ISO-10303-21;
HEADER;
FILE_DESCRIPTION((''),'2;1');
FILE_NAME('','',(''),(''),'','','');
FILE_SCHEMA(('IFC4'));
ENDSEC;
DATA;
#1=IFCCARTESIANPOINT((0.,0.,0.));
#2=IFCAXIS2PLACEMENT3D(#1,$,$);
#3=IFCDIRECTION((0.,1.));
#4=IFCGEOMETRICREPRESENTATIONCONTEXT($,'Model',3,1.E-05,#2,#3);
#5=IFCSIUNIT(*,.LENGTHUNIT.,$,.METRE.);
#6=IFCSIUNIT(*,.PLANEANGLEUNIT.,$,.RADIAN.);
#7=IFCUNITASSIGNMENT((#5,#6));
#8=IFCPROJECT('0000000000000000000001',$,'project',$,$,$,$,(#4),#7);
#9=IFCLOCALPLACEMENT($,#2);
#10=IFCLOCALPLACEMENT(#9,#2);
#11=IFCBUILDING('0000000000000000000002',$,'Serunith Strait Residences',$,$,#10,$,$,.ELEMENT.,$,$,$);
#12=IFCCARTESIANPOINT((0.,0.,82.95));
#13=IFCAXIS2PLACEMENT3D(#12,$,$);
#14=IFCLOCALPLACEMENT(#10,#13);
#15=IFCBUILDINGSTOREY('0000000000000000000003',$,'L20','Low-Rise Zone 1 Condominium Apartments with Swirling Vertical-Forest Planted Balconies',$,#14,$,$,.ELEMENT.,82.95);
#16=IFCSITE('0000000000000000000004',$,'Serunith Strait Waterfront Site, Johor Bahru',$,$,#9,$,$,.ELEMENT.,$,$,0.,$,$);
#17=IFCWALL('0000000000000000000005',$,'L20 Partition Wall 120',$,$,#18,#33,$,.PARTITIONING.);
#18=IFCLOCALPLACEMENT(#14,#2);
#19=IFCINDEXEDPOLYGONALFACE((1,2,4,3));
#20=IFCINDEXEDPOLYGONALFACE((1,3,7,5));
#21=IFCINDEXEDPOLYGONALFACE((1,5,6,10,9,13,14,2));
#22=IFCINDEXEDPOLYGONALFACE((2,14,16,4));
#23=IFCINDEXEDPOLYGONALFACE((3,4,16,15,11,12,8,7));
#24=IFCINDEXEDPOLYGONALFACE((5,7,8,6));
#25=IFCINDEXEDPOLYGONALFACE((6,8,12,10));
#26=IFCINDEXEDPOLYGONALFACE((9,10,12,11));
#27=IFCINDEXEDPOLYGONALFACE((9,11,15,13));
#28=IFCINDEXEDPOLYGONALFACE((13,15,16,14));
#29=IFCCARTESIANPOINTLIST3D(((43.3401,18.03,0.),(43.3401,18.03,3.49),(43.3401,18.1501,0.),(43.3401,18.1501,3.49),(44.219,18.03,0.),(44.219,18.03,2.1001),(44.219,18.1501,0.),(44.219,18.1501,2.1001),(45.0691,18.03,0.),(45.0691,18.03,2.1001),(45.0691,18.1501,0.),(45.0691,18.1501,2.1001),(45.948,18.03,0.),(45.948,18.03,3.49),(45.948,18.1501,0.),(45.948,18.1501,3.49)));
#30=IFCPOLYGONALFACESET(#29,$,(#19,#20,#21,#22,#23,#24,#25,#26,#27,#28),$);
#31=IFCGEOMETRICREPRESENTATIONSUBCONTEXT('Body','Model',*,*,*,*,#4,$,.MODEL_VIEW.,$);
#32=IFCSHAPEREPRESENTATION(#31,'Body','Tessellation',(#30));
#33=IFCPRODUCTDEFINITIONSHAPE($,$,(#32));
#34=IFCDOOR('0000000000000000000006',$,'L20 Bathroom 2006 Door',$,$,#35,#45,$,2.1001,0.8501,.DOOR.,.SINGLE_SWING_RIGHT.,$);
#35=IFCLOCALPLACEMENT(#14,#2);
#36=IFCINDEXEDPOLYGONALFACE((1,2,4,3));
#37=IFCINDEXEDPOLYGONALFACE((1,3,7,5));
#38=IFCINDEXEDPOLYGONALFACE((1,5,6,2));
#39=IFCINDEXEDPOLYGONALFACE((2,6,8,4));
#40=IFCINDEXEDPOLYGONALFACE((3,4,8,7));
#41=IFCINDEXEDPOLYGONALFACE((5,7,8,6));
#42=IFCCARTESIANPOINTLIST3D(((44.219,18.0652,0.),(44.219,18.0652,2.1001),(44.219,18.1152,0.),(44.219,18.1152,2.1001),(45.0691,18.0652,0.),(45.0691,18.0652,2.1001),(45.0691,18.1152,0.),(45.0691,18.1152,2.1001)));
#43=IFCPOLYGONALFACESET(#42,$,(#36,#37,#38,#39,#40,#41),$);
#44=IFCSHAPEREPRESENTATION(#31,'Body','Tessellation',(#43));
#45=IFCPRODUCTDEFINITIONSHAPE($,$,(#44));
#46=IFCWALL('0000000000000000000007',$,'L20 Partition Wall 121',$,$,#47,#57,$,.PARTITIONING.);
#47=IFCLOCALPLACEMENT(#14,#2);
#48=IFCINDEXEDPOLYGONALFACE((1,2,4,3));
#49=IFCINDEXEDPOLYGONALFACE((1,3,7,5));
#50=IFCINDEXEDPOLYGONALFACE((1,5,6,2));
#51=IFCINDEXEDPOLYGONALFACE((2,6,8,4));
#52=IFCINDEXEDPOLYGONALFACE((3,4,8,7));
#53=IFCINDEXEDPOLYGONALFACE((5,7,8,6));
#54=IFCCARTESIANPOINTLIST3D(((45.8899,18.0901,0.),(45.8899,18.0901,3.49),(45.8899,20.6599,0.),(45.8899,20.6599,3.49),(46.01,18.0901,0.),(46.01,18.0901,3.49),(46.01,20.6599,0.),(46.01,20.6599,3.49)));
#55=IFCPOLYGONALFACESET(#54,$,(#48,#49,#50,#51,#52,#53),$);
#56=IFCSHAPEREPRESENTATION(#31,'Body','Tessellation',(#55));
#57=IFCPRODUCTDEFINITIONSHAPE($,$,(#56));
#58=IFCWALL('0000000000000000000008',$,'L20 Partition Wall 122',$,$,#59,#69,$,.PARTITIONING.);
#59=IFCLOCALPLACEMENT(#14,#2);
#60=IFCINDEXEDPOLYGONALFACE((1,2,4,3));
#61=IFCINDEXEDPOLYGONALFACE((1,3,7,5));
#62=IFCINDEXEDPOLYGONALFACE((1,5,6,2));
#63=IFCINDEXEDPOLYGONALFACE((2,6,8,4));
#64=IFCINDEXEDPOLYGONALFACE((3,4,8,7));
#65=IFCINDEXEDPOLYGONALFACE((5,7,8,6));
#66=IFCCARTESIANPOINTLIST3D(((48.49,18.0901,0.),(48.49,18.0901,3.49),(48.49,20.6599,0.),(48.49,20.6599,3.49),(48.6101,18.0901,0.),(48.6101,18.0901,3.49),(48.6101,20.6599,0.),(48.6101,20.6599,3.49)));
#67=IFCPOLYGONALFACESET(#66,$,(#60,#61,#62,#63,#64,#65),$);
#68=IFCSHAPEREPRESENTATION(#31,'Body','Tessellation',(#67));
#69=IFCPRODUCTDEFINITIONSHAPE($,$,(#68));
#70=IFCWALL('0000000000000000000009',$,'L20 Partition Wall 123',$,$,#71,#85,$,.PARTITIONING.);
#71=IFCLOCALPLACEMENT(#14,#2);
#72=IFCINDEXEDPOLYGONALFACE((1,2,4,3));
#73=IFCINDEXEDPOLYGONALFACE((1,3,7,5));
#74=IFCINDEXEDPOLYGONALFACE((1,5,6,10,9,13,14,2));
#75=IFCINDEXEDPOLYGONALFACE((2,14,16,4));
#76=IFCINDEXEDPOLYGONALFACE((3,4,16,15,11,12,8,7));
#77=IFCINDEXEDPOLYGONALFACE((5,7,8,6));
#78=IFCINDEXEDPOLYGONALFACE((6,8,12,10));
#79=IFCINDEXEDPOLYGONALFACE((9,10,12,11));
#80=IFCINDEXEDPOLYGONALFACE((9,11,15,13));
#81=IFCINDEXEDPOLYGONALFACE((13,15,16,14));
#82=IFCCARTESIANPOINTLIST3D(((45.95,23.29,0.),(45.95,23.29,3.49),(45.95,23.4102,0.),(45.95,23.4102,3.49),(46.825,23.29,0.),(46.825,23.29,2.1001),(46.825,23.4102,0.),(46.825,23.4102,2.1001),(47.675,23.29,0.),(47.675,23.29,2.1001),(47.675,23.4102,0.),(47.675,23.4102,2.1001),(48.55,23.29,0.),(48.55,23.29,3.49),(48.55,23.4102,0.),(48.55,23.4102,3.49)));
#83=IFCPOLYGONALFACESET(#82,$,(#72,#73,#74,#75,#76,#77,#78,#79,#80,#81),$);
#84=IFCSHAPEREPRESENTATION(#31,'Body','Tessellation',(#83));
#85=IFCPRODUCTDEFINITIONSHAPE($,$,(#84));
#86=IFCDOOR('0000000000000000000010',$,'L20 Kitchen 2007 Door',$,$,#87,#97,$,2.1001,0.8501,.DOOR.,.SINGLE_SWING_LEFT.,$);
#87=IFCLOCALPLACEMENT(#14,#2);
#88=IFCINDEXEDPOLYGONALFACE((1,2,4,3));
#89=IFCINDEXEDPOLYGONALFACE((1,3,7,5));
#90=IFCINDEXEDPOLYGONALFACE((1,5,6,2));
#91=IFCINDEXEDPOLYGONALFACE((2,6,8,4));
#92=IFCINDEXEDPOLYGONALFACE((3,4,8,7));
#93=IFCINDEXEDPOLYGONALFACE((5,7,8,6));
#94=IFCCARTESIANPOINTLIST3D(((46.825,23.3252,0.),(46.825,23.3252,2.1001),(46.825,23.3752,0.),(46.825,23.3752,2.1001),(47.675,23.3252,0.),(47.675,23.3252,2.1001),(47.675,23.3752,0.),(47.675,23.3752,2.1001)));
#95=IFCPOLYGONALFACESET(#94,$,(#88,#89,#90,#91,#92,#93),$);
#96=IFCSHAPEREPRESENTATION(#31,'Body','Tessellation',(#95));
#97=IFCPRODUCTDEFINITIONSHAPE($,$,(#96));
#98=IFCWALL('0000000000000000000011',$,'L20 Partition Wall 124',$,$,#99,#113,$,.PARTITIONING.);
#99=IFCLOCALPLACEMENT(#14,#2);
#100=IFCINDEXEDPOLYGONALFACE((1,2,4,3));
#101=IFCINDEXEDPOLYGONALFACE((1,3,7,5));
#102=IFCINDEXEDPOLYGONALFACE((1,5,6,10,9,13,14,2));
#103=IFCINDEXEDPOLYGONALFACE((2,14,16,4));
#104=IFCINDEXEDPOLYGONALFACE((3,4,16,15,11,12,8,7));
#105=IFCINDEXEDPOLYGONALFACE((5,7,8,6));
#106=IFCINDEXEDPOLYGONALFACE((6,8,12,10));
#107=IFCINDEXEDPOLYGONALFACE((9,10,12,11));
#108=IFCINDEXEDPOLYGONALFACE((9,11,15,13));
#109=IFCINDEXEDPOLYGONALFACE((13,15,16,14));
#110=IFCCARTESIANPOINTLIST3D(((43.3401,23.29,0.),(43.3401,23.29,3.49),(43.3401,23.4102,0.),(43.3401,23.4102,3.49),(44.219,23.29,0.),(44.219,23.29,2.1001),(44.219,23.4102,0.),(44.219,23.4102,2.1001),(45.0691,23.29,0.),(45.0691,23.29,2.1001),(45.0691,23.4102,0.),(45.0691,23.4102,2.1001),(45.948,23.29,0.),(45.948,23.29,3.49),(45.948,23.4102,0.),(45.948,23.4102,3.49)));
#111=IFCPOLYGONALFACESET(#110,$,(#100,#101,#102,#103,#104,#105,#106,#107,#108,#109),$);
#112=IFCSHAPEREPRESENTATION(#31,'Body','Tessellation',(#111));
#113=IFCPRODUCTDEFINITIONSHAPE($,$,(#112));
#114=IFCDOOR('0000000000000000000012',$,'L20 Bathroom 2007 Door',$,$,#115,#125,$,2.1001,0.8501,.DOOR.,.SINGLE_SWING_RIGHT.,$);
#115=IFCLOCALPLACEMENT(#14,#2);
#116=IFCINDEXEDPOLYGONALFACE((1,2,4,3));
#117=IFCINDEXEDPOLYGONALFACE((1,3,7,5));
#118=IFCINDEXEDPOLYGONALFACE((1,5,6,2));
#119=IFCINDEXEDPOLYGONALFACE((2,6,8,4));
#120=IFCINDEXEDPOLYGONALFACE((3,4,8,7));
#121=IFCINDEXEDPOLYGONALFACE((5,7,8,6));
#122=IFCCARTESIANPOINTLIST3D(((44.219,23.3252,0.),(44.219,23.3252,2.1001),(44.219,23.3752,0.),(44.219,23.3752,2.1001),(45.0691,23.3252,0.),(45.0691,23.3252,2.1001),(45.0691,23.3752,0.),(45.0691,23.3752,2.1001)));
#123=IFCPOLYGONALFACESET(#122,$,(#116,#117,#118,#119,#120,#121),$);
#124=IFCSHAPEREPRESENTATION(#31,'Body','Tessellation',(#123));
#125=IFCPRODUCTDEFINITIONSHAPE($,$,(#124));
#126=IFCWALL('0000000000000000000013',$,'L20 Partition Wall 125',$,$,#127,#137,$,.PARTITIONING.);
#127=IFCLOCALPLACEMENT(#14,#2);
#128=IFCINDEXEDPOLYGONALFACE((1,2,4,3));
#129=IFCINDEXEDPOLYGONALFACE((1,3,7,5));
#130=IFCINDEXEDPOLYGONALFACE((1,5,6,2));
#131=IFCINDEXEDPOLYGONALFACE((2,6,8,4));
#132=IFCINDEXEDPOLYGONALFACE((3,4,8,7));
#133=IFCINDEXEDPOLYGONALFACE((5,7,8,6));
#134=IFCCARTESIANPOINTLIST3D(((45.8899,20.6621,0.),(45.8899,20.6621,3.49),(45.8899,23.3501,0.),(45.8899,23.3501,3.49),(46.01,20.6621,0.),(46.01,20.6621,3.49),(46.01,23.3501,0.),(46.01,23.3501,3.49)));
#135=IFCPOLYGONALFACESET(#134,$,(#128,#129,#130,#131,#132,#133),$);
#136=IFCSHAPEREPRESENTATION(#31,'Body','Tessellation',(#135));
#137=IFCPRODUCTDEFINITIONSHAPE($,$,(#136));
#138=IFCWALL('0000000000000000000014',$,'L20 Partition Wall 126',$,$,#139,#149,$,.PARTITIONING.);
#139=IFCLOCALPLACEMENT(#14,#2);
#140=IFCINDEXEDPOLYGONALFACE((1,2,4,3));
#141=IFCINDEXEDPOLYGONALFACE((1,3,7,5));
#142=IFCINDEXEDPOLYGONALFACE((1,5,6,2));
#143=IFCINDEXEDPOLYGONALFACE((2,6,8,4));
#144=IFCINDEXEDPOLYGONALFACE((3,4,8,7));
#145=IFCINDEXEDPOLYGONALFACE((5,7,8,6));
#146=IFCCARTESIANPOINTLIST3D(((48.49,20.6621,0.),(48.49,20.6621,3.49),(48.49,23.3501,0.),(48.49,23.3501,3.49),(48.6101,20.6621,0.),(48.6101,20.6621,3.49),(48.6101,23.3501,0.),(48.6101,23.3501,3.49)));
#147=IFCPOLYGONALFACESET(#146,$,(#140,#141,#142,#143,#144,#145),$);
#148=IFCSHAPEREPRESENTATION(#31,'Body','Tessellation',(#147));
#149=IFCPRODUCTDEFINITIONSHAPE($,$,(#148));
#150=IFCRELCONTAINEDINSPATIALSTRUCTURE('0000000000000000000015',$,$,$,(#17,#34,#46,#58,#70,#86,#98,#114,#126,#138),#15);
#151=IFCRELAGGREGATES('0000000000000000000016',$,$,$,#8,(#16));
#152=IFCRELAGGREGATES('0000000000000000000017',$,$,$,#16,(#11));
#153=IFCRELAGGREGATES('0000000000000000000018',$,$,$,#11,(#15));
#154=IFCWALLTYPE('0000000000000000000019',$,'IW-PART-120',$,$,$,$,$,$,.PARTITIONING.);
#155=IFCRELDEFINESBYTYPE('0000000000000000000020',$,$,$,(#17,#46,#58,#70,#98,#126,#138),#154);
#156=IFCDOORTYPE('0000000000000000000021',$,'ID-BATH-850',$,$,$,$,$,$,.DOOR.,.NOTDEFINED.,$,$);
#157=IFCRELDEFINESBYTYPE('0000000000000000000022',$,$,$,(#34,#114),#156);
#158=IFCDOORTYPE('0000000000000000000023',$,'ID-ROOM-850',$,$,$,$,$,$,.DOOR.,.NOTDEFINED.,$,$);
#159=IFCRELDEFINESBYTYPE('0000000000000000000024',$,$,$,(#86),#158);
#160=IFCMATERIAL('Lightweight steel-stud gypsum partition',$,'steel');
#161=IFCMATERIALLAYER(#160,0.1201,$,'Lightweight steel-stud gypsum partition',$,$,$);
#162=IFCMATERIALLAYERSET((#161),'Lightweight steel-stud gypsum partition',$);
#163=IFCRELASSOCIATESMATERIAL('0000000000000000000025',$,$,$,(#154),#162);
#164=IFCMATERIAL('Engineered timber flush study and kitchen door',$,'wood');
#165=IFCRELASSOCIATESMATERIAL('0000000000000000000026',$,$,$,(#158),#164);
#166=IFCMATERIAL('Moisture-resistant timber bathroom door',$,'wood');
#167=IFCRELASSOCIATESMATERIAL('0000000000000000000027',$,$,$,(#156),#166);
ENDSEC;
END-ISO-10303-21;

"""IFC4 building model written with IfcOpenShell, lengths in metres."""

from ifc_helpers import new_model, si_unit, direction, frame, frame_2d, origin, place, context, subcontext, project, spatial, rectangle, extrude, source, transform, mapped, material, layer, layer_set, type_object, element, fill, save


model = new_model("IFC4")

# Units and contexts
model_context = context("Model", 3, precision=1e-05, world=origin(), true_north=direction((0.0, 1.0)))
body_context = subcontext(model_context, "Body", "Model", "MODEL_VIEW")
ifc_project = project(units=[si_unit("LENGTHUNIT", "METRE"), si_unit("PLANEANGLEUNIT", "RADIAN")], contexts=[model_context])

# Site, building, storey
site_placement = place(None, origin())
site = spatial("IfcSite", under=ifc_project, at=site_placement, Name="Serunith Strait Waterfront Site, Johor Bahru", CompositionType="ELEMENT", RefElevation=0.0)
building_placement = place(site_placement, origin())
building = spatial("IfcBuilding", under=site, at=building_placement, Name="Serunith Strait Residences", CompositionType="ELEMENT")
storey_placement = place(building_placement, frame((0.0, 0.0, 82.95)))
storey = spatial("IfcBuildingStorey", under=building, at=storey_placement, Name="L20", Description="Low-Rise Zone 1 Condominium Apartments with Swirling Vertical-Forest Planted Balconies", CompositionType="ELEMENT", Elevation=82.95)

# Wall, opening, door
ifc_material_1 = material(Name="Lightweight steel-stud gypsum partition", Category="steel")
ifc_layer = layer(ifc_material_1, 0.1201, Name="Lightweight steel-stud gypsum partition")
ifc_layer_set = layer_set([ifc_layer], Name="Lightweight steel-stud gypsum partition")
wall_type = type_object("IfcWallType", Name="IW-PART-120", PredefinedType="PARTITIONING", material=ifc_layer_set)
ifc_material_2 = material(Name="Engineered timber flush study and kitchen door", Category="wood")
door_type_1 = type_object("IfcDoorType", Name="ID-ROOM-850", OperationType="NOTDEFINED", PredefinedType="DOOR", material=ifc_material_2)
shared_shape_1 = source(origin(), body_context, "Body", "SweptSolid", [
    extrude(rectangle(XDim=0.8501, YDim=2.1001, at=frame_2d((0.425, 1.05))), frame((0.0, 0.0249, 0.0), z_axis=(0.0, -1.0, 0.0), x_axis=(1.0, 0.0, 0.0)), (0.0, 0.0, 1.0), 0.05),
])
wall_1_placement = place(storey_placement, frame((45.948, 18.0901, 0.0), z_axis=(0.0, 0.0, 1.0), x_axis=(-1.0, 0.0, 0.0)))
wall_1 = element("IfcWall", 1, at=wall_1_placement, inside=storey, type_object=wall_type, Name="L20 Partition Wall 120", PredefinedType="PARTITIONING", context=body_context, shape_type="SweptSolid", body=[
    extrude(rectangle(XDim=2.6079, YDim=0.1201, at=frame_2d((1.304, 0.0))), origin(), (0.0, 0.0, 1.0), 3.49),
])
opening_1_placement = place(wall_1_placement, frame((0.8789, 0.0, 0.0)))
opening_1 = element("IfcOpeningElement", 2, at=opening_1_placement, cuts=wall_1, PredefinedType="OPENING", context=body_context, shape_type="SweptSolid", body=[
    extrude(rectangle(XDim=0.8501, YDim=2.1001, at=frame_2d((0.425, 1.05))), frame((0.0, 0.0701, 0.0), z_axis=(0.0, -1.0, 0.0), x_axis=(1.0, 0.0, 0.0)), (0.0, 0.0, 1.0), 0.1401),
])
ifc_material_3 = material(Name="Moisture-resistant timber bathroom door", Category="wood")
door_type_2 = type_object("IfcDoorType", Name="ID-BATH-850", OperationType="NOTDEFINED", PredefinedType="DOOR", material=ifc_material_3)
door_1_placement = place(opening_1_placement, origin())
door_1 = element("IfcDoor", 3, at=door_1_placement, inside=storey, type_object=door_type_2, Name="L20 Bathroom 2006 Door", OperationType="SINGLE_SWING_RIGHT", OverallHeight=2.1001, OverallWidth=0.8501, PredefinedType="DOOR", context=body_context, shape_type="MappedRepresentation", body=[
    mapped(shared_shape_1, transform((0.0, 0.0, 0.0), scale=1.0)),
])
fill(opening_1, door_1)

# Walls
for number, where, z_axis, x_axis, name in (
    (4, (45.95, 18.0901, 0.0), (0.0, 0.0, 1.0), (0.0, 1.0, 0.0), "L20 Partition Wall 121"),
    (5, (48.55, 18.0901, 0.0), (0.0, 0.0, 1.0), (0.0, 1.0, 0.0), "L20 Partition Wall 122"),
):
    element("IfcWall", number, at=place(storey_placement, frame(where, z_axis=z_axis, x_axis=x_axis)), inside=storey, type_object=wall_type, Name=name, PredefinedType="PARTITIONING", context=body_context, shape_type="SweptSolid", body=[
        extrude(rectangle(XDim=2.5698, YDim=0.1201, at=frame_2d((1.2849, 0.0))), origin(), (0.0, 0.0, 1.0), 3.49),
    ])

# Walls, openings, doors
wall_2_placement = place(storey_placement, frame((48.55, 23.3501, 0.0), z_axis=(0.0, 0.0, 1.0), x_axis=(-1.0, 0.0, 0.0)))
wall_2 = element("IfcWall", 6, at=wall_2_placement, inside=storey, type_object=wall_type, Name="L20 Partition Wall 123", PredefinedType="PARTITIONING", context=body_context, shape_type="SweptSolid", body=[
    extrude(rectangle(XDim=2.6001, YDim=0.1201, at=frame_2d((1.3, 0.0))), origin(), (0.0, 0.0, 1.0), 3.49),
])
opening_2_placement = place(wall_2_placement, frame((0.875, 0.0, 0.0)))
opening_2 = element("IfcOpeningElement", 7, at=opening_2_placement, cuts=wall_2, PredefinedType="OPENING", context=body_context, shape_type="SweptSolid", body=[
    extrude(rectangle(XDim=0.8501, YDim=2.1001, at=frame_2d((0.425, 1.05))), frame((0.0, 0.0701, 0.0), z_axis=(0.0, -1.0, 0.0), x_axis=(1.0, 0.0, 0.0)), (0.0, 0.0, 1.0), 0.1401),
])
door_2_placement = place(opening_2_placement, origin())
door_2 = element("IfcDoor", 8, at=door_2_placement, inside=storey, type_object=door_type_1, Name="L20 Kitchen 2007 Door", OperationType="SINGLE_SWING_LEFT", OverallHeight=2.1001, OverallWidth=0.8501, PredefinedType="DOOR", context=body_context, shape_type="MappedRepresentation", body=[
    mapped(shared_shape_1, transform((0.0, 0.0, 0.0), scale=1.0)),
])
fill(opening_2, door_2)
wall_3_placement = place(storey_placement, frame((45.948, 23.3501, 0.0), z_axis=(0.0, 0.0, 1.0), x_axis=(-1.0, 0.0, 0.0)))
wall_3 = element("IfcWall", 9, at=wall_3_placement, inside=storey, type_object=wall_type, Name="L20 Partition Wall 124", PredefinedType="PARTITIONING", context=body_context, shape_type="SweptSolid", body=[
    extrude(rectangle(XDim=2.6079, YDim=0.1201, at=frame_2d((1.304, 0.0))), origin(), (0.0, 0.0, 1.0), 3.49),
])
opening_3_placement = place(wall_3_placement, frame((0.8789, 0.0, 0.0)))
opening_3 = element("IfcOpeningElement", 10, at=opening_3_placement, cuts=wall_3, PredefinedType="OPENING", context=body_context, shape_type="SweptSolid", body=[
    extrude(rectangle(XDim=0.8501, YDim=2.1001, at=frame_2d((0.425, 1.05))), frame((0.0, 0.0701, 0.0), z_axis=(0.0, -1.0, 0.0), x_axis=(1.0, 0.0, 0.0)), (0.0, 0.0, 1.0), 0.1401),
])
door_3_placement = place(opening_3_placement, origin())
door_3 = element("IfcDoor", 11, at=door_3_placement, inside=storey, type_object=door_type_2, Name="L20 Bathroom 2007 Door", OperationType="SINGLE_SWING_RIGHT", OverallHeight=2.1001, OverallWidth=0.8501, PredefinedType="DOOR", context=body_context, shape_type="MappedRepresentation", body=[
    mapped(shared_shape_1, transform((0.0, 0.0, 0.0), scale=1.0)),
])
fill(opening_3, door_3)

# Walls
for number, where, z_axis, x_axis, name in (
    (12, (45.95, 20.6621, 0.0), (0.0, 0.0, 1.0), (0.0, 1.0, 0.0), "L20 Partition Wall 125"),
    (13, (48.55, 20.6621, 0.0), (0.0, 0.0, 1.0), (0.0, 1.0, 0.0), "L20 Partition Wall 126"),
):
    element("IfcWall", number, at=place(storey_placement, frame(where, z_axis=z_axis, x_axis=x_axis)), inside=storey, type_object=wall_type, Name=name, PredefinedType="PARTITIONING", context=body_context, shape_type="SweptSolid", body=[
        extrude(rectangle(XDim=2.688, YDim=0.1201, at=frame_2d((1.344, 0.0))), origin(), (0.0, 0.0, 1.0), 3.49),
    ])

save(model, "model.ifc")
